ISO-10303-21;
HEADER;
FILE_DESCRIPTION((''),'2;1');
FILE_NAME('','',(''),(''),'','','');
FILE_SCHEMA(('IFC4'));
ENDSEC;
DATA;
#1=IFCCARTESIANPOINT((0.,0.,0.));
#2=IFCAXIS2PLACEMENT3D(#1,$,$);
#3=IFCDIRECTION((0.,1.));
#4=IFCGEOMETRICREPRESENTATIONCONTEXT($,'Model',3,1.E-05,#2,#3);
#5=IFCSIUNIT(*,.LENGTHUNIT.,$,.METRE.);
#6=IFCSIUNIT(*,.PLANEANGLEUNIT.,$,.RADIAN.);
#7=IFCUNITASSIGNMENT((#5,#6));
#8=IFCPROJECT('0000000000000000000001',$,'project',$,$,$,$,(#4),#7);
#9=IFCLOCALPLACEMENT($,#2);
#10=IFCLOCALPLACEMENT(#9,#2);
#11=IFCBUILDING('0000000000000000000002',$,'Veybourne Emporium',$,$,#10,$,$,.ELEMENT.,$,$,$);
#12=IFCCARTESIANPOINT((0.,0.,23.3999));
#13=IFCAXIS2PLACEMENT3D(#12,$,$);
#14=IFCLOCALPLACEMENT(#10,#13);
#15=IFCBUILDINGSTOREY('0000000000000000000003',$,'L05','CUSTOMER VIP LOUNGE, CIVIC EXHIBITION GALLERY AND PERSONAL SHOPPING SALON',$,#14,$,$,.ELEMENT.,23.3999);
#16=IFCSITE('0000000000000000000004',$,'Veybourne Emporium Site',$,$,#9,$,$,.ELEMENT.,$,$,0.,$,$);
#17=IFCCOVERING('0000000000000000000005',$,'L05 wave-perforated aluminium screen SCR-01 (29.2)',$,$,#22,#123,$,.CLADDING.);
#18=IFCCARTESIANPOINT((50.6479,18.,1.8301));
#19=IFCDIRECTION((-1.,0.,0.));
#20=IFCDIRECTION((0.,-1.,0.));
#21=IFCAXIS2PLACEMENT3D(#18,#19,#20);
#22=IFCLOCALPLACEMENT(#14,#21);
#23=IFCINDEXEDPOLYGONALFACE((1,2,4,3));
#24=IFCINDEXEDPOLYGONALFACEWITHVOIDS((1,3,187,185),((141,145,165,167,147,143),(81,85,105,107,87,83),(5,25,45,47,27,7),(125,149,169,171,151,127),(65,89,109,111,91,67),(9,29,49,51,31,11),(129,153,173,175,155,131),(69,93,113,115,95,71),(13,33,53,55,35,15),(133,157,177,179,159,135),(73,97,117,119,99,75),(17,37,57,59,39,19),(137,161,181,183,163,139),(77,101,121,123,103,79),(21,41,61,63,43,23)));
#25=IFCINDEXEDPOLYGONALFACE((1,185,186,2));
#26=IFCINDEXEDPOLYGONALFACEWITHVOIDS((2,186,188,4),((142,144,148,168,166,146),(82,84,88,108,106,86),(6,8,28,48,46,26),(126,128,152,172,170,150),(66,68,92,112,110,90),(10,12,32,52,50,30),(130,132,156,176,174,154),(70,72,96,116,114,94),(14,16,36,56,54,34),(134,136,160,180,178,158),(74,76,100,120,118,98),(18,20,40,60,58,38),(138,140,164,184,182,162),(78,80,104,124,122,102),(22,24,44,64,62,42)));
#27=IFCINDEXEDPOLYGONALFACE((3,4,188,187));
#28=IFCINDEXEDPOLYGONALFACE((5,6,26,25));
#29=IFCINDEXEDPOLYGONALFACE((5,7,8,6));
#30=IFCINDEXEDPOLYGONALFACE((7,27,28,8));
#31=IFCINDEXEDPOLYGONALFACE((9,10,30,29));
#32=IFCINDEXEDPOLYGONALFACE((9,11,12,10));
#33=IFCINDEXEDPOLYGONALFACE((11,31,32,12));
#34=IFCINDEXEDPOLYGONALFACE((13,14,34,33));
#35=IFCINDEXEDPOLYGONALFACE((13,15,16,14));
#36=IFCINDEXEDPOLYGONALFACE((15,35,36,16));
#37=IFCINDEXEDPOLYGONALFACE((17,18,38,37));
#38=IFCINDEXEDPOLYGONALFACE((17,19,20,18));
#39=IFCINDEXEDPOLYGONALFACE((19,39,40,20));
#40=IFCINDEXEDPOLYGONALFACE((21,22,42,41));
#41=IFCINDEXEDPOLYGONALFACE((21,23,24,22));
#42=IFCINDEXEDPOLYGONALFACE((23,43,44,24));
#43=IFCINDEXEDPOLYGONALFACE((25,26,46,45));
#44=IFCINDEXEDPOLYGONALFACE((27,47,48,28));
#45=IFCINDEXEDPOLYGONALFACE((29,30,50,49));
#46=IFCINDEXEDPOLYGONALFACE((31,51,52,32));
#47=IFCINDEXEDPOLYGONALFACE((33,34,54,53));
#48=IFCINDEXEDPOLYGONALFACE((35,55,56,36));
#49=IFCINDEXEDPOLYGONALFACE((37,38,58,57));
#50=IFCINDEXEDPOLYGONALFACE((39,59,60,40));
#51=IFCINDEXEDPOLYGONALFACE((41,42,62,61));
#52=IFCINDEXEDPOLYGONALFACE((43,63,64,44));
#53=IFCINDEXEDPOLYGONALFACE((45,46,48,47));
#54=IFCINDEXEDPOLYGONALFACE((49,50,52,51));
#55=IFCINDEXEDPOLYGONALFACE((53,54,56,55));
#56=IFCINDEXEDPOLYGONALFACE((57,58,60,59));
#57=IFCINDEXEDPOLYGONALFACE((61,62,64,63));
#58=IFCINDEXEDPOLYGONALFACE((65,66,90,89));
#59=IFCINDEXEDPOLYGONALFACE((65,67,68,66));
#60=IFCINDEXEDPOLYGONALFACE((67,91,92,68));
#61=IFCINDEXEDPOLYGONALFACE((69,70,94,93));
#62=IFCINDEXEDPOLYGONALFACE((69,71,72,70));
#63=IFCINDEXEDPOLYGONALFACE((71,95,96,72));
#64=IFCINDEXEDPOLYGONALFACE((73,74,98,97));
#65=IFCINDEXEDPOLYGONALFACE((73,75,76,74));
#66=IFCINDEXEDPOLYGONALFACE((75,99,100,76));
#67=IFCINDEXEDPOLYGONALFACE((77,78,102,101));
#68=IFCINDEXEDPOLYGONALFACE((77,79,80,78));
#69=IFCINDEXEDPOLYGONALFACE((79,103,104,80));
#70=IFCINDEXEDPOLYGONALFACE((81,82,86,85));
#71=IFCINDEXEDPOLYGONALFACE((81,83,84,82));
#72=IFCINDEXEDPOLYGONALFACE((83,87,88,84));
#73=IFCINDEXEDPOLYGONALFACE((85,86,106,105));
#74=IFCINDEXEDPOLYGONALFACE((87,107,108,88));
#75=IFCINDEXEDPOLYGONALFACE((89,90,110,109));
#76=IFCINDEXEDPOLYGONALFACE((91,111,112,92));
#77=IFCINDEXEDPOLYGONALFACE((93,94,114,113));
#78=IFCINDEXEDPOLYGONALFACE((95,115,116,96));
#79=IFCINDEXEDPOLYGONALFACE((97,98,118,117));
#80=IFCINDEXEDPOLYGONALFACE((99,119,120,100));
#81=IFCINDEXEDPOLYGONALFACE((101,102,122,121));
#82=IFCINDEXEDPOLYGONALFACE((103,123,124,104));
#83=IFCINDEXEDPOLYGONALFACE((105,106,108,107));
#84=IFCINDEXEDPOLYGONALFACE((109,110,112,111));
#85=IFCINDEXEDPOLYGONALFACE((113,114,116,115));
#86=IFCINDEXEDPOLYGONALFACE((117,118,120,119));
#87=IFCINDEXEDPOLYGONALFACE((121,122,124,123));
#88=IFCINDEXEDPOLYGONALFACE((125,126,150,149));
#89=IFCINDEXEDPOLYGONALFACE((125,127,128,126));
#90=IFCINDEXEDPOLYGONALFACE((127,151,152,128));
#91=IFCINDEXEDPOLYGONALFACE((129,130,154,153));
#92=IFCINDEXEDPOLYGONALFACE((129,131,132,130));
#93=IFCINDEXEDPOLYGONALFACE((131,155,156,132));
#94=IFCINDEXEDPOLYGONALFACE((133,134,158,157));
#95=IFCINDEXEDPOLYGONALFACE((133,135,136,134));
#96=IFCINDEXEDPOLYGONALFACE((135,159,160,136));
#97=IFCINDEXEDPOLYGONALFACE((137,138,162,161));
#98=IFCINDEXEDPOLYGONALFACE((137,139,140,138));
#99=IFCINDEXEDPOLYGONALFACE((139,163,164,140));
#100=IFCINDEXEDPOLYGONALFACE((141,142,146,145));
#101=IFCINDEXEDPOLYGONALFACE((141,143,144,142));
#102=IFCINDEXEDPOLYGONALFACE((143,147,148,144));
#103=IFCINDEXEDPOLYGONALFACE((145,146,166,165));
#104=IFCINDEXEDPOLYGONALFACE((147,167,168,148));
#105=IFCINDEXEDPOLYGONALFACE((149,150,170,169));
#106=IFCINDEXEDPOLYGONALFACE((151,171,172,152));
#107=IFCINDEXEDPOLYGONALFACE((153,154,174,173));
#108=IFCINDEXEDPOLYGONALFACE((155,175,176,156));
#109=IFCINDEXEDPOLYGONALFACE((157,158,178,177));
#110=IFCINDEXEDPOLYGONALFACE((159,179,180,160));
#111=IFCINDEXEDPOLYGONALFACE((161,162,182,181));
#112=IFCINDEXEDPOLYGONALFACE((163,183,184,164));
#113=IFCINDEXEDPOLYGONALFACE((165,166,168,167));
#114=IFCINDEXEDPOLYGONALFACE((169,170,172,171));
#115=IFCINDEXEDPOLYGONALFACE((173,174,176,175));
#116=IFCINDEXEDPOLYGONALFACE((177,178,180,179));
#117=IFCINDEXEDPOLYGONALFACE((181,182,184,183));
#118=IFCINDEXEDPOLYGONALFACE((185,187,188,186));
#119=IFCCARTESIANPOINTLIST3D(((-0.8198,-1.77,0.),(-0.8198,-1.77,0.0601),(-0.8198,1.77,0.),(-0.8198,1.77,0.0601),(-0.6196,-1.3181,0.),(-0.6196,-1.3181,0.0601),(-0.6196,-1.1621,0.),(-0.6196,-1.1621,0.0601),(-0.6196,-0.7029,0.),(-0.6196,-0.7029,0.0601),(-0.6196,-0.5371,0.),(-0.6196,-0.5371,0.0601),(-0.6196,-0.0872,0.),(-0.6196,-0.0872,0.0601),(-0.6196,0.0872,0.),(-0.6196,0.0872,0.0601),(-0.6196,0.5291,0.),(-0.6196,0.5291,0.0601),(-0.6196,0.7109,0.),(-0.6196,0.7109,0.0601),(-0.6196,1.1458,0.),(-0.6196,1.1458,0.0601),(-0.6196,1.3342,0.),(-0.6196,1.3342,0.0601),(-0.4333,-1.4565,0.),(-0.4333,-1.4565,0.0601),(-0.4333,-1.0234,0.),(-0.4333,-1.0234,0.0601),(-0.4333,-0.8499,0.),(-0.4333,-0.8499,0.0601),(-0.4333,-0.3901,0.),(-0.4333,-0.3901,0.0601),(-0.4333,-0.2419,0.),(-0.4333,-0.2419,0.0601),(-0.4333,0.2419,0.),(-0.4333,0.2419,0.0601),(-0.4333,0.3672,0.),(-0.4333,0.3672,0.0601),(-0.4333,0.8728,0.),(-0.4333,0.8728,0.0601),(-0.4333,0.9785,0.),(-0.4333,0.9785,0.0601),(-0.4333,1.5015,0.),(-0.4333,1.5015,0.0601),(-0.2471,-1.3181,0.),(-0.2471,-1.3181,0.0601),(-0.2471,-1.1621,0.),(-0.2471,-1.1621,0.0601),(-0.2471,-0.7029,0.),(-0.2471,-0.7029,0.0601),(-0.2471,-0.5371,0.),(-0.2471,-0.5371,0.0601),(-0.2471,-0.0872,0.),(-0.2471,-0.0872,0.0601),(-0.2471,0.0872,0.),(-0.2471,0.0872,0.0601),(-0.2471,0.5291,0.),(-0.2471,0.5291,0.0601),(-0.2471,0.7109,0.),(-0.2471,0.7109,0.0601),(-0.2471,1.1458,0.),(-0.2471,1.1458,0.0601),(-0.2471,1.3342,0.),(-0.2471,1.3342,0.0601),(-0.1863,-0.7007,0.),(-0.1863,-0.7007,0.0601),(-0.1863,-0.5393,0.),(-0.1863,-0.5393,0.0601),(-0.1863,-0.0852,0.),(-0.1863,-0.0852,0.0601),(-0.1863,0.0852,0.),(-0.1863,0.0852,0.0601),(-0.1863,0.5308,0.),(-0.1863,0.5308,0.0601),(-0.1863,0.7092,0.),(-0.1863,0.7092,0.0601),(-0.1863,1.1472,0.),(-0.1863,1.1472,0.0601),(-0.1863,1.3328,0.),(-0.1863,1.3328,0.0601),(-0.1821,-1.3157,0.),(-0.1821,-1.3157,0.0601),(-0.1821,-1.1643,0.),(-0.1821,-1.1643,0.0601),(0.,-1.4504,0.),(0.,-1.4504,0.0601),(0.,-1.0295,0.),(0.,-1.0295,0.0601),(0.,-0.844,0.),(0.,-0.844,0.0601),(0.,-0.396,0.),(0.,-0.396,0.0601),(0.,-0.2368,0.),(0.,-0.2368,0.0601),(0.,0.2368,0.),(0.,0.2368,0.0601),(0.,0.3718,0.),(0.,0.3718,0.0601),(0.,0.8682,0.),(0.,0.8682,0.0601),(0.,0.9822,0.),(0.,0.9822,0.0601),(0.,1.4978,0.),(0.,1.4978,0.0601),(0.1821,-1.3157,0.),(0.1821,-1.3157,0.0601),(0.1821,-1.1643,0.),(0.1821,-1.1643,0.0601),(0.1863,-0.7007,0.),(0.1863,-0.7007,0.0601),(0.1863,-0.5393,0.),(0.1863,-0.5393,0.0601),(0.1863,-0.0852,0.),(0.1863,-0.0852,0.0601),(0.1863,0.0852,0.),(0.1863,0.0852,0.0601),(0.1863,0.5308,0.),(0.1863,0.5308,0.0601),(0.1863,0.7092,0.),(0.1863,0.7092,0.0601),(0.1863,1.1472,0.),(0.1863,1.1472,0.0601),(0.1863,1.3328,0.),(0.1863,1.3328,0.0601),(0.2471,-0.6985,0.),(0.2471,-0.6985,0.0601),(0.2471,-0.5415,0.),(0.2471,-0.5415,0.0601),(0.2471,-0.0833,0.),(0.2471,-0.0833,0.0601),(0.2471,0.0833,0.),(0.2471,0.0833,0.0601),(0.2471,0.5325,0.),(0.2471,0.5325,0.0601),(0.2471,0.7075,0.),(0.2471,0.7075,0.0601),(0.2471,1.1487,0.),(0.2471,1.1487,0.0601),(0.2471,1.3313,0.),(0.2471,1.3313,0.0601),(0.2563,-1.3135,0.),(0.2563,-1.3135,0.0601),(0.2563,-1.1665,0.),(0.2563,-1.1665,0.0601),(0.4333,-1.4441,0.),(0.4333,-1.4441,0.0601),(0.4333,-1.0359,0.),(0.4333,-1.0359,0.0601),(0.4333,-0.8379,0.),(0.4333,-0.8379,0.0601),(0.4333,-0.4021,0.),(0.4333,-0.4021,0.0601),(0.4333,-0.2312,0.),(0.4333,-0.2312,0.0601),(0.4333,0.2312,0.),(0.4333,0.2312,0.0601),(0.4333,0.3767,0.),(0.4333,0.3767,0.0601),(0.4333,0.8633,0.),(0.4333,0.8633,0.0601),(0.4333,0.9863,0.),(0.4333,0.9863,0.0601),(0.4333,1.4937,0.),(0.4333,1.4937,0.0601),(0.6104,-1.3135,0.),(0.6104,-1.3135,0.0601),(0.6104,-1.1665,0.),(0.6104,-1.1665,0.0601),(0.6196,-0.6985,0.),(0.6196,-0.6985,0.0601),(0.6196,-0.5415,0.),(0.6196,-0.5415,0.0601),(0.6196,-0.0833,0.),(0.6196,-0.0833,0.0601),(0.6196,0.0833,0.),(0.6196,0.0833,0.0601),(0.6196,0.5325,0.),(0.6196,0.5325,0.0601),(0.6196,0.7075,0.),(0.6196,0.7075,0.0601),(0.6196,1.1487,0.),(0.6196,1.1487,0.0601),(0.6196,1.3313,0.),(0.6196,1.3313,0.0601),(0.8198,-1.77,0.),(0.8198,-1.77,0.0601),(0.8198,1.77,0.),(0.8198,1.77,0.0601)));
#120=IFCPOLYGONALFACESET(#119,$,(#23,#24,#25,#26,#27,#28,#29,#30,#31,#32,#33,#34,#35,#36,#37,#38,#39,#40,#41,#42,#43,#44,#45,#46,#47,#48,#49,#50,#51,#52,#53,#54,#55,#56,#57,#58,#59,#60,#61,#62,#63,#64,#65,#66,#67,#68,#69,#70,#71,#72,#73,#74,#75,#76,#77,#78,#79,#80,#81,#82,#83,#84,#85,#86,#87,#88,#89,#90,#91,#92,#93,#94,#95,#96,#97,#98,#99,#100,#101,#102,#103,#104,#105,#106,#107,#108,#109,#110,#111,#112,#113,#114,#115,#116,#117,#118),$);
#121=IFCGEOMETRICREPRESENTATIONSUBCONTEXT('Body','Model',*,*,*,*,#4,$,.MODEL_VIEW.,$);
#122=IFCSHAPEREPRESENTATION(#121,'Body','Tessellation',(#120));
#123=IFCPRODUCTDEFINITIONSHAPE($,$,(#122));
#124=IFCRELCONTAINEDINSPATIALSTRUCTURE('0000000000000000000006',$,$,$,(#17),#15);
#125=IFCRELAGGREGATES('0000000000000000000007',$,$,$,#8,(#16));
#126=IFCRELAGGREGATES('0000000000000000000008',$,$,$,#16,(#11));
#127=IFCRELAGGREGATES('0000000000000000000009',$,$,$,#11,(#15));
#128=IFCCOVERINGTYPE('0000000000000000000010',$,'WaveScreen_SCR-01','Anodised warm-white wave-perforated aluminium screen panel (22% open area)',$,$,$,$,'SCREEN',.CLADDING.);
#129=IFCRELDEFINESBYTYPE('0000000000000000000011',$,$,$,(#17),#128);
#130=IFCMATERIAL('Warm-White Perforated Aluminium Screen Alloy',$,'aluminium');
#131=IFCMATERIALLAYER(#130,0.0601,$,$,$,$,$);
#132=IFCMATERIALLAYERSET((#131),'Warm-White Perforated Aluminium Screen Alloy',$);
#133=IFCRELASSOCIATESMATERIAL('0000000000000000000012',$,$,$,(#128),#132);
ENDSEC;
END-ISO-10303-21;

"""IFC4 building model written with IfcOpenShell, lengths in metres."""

from ifc_helpers import new_model, si_unit, direction, frame, origin, place, context, subcontext, project, spatial, polyline, outline, extrude, material, layer, layer_set, type_object, element, save


model = new_model("IFC4")

# Units and contexts
model_context = context("Model", 3, precision=1e-05, world=origin(), true_north=direction((0.0, 1.0)))
body_context = subcontext(model_context, "Body", "Model", "MODEL_VIEW")
ifc_project = project(units=[si_unit("LENGTHUNIT", "METRE"), si_unit("PLANEANGLEUNIT", "RADIAN")], contexts=[model_context])

# Site, building, storey
site_placement = place(None, origin())
site = spatial("IfcSite", under=ifc_project, at=site_placement, Name="Veybourne Emporium Site", CompositionType="ELEMENT", RefElevation=0.0)
building_placement = place(site_placement, origin())
building = spatial("IfcBuilding", under=site, at=building_placement, Name="Veybourne Emporium", CompositionType="ELEMENT")
storey_placement = place(building_placement, frame((0.0, 0.0, 23.3999)))
storey = spatial("IfcBuildingStorey", under=building, at=storey_placement, Name="L05", Description="CUSTOMER VIP LOUNGE, CIVIC EXHIBITION GALLERY AND PERSONAL SHOPPING SALON", CompositionType="ELEMENT", Elevation=23.3999)

# Covering
ifc_material_1 = material(Name="Warm-White Perforated Aluminium Screen Alloy", Category="aluminium")
ifc_layer_1 = layer(ifc_material_1, 0.0601)
ifc_layer_set_1 = layer_set([ifc_layer_1], Name="Warm-White Perforated Aluminium Screen Alloy")
covering_type_1 = type_object("IfcCoveringType", Name="WaveScreen_SCR-01", Description="Anodised warm-white wave-perforated aluminium screen panel (22% open area)", ElementType="SCREEN", PredefinedType="CLADDING", material=ifc_layer_set_1)
covering_1_placement = place(storey_placement, frame((50.6479, 18.0, 1.8301), z_axis=(-1.0, 0.0, 0.0), x_axis=(0.0, -1.0, 0.0)))
element("IfcCovering", 1, at=covering_1_placement, inside=storey, type_object=covering_type_1, Name="L05 wave-perforated aluminium screen SCR-01 (29.2)", PredefinedType="CLADDING", context=body_context, shape_type="SweptSolid", body=[
    extrude(outline(polyline([(-0.8198, -1.77), (0.8198, -1.77), (0.8198, 1.77), (-0.8198, 1.77), (-0.8198, -1.77)]), holes=[polyline([(-0.4333, -1.0234), (-0.2471, -1.1621), (-0.2471, -1.3181), (-0.4333, -1.4565), (-0.6196, -1.3181), (-0.6196, -1.1621), (-0.4333, -1.0234)]), polyline([(-0.4333, -0.3901), (-0.2471, -0.5371), (-0.2471, -0.7029), (-0.4333, -0.8499), (-0.6196, -0.7029), (-0.6196, -0.5371), (-0.4333, -0.3901)]), polyline([(-0.4333, 0.2419), (-0.2471, 0.0872), (-0.2471, -0.0872), (-0.4333, -0.2419), (-0.6196, -0.0872), (-0.6196, 0.0872), (-0.4333, 0.2419)]), polyline([(-0.4333, 0.8728), (-0.2471, 0.7109), (-0.2471, 0.5291), (-0.4333, 0.3672), (-0.6196, 0.5291), (-0.6196, 0.7109), (-0.4333, 0.8728)]), polyline([(-0.4333, 1.5015), (-0.2471, 1.3342), (-0.2471, 1.1458), (-0.4333, 0.9785), (-0.6196, 1.1458), (-0.6196, 1.3342), (-0.4333, 1.5015)]), polyline([(0.0, -1.0295), (0.1821, -1.1643), (0.1821, -1.3157), (0.0, -1.4504), (-0.1821, -1.3157), (-0.1821, -1.1643), (0.0, -1.0295)]), polyline([(0.0, -0.396), (0.1863, -0.5393), (0.1863, -0.7007), (0.0, -0.844), (-0.1863, -0.7007), (-0.1863, -0.5393), (0.0, -0.396)]), polyline([(0.0, 0.2368), (0.1863, 0.0852), (0.1863, -0.0852), (0.0, -0.2368), (-0.1863, -0.0852), (-0.1863, 0.0852), (0.0, 0.2368)]), polyline([(0.0, 0.8682), (0.1863, 0.7092), (0.1863, 0.5308), (0.0, 0.3718), (-0.1863, 0.5308), (-0.1863, 0.7092), (0.0, 0.8682)]), polyline([(0.0, 1.4978), (0.1863, 1.3328), (0.1863, 1.1472), (0.0, 0.9822), (-0.1863, 1.1472), (-0.1863, 1.3328), (0.0, 1.4978)]), polyline([(0.4333, -1.0359), (0.6104, -1.1665), (0.6104, -1.3135), (0.4333, -1.4441), (0.2563, -1.3135), (0.2563, -1.1665), (0.4333, -1.0359)]), polyline([(0.4333, -0.4021), (0.6196, -0.5415), (0.6196, -0.6985), (0.4333, -0.8379), (0.2471, -0.6985), (0.2471, -0.5415), (0.4333, -0.4021)]), polyline([(0.4333, 0.2312), (0.6196, 0.0833), (0.6196, -0.0833), (0.4333, -0.2312), (0.2471, -0.0833), (0.2471, 0.0833), (0.4333, 0.2312)]), polyline([(0.4333, 0.8633), (0.6196, 0.7075), (0.6196, 0.5325), (0.4333, 0.3767), (0.2471, 0.5325), (0.2471, 0.7075), (0.4333, 0.8633)]), polyline([(0.4333, 1.4937), (0.6196, 1.3313), (0.6196, 1.1487), (0.4333, 0.9863), (0.2471, 1.1487), (0.2471, 1.3313), (0.4333, 1.4937)])]), origin(), (0.0, 0.0, 1.0), 0.0601),
])

save(model, "model.ifc")
